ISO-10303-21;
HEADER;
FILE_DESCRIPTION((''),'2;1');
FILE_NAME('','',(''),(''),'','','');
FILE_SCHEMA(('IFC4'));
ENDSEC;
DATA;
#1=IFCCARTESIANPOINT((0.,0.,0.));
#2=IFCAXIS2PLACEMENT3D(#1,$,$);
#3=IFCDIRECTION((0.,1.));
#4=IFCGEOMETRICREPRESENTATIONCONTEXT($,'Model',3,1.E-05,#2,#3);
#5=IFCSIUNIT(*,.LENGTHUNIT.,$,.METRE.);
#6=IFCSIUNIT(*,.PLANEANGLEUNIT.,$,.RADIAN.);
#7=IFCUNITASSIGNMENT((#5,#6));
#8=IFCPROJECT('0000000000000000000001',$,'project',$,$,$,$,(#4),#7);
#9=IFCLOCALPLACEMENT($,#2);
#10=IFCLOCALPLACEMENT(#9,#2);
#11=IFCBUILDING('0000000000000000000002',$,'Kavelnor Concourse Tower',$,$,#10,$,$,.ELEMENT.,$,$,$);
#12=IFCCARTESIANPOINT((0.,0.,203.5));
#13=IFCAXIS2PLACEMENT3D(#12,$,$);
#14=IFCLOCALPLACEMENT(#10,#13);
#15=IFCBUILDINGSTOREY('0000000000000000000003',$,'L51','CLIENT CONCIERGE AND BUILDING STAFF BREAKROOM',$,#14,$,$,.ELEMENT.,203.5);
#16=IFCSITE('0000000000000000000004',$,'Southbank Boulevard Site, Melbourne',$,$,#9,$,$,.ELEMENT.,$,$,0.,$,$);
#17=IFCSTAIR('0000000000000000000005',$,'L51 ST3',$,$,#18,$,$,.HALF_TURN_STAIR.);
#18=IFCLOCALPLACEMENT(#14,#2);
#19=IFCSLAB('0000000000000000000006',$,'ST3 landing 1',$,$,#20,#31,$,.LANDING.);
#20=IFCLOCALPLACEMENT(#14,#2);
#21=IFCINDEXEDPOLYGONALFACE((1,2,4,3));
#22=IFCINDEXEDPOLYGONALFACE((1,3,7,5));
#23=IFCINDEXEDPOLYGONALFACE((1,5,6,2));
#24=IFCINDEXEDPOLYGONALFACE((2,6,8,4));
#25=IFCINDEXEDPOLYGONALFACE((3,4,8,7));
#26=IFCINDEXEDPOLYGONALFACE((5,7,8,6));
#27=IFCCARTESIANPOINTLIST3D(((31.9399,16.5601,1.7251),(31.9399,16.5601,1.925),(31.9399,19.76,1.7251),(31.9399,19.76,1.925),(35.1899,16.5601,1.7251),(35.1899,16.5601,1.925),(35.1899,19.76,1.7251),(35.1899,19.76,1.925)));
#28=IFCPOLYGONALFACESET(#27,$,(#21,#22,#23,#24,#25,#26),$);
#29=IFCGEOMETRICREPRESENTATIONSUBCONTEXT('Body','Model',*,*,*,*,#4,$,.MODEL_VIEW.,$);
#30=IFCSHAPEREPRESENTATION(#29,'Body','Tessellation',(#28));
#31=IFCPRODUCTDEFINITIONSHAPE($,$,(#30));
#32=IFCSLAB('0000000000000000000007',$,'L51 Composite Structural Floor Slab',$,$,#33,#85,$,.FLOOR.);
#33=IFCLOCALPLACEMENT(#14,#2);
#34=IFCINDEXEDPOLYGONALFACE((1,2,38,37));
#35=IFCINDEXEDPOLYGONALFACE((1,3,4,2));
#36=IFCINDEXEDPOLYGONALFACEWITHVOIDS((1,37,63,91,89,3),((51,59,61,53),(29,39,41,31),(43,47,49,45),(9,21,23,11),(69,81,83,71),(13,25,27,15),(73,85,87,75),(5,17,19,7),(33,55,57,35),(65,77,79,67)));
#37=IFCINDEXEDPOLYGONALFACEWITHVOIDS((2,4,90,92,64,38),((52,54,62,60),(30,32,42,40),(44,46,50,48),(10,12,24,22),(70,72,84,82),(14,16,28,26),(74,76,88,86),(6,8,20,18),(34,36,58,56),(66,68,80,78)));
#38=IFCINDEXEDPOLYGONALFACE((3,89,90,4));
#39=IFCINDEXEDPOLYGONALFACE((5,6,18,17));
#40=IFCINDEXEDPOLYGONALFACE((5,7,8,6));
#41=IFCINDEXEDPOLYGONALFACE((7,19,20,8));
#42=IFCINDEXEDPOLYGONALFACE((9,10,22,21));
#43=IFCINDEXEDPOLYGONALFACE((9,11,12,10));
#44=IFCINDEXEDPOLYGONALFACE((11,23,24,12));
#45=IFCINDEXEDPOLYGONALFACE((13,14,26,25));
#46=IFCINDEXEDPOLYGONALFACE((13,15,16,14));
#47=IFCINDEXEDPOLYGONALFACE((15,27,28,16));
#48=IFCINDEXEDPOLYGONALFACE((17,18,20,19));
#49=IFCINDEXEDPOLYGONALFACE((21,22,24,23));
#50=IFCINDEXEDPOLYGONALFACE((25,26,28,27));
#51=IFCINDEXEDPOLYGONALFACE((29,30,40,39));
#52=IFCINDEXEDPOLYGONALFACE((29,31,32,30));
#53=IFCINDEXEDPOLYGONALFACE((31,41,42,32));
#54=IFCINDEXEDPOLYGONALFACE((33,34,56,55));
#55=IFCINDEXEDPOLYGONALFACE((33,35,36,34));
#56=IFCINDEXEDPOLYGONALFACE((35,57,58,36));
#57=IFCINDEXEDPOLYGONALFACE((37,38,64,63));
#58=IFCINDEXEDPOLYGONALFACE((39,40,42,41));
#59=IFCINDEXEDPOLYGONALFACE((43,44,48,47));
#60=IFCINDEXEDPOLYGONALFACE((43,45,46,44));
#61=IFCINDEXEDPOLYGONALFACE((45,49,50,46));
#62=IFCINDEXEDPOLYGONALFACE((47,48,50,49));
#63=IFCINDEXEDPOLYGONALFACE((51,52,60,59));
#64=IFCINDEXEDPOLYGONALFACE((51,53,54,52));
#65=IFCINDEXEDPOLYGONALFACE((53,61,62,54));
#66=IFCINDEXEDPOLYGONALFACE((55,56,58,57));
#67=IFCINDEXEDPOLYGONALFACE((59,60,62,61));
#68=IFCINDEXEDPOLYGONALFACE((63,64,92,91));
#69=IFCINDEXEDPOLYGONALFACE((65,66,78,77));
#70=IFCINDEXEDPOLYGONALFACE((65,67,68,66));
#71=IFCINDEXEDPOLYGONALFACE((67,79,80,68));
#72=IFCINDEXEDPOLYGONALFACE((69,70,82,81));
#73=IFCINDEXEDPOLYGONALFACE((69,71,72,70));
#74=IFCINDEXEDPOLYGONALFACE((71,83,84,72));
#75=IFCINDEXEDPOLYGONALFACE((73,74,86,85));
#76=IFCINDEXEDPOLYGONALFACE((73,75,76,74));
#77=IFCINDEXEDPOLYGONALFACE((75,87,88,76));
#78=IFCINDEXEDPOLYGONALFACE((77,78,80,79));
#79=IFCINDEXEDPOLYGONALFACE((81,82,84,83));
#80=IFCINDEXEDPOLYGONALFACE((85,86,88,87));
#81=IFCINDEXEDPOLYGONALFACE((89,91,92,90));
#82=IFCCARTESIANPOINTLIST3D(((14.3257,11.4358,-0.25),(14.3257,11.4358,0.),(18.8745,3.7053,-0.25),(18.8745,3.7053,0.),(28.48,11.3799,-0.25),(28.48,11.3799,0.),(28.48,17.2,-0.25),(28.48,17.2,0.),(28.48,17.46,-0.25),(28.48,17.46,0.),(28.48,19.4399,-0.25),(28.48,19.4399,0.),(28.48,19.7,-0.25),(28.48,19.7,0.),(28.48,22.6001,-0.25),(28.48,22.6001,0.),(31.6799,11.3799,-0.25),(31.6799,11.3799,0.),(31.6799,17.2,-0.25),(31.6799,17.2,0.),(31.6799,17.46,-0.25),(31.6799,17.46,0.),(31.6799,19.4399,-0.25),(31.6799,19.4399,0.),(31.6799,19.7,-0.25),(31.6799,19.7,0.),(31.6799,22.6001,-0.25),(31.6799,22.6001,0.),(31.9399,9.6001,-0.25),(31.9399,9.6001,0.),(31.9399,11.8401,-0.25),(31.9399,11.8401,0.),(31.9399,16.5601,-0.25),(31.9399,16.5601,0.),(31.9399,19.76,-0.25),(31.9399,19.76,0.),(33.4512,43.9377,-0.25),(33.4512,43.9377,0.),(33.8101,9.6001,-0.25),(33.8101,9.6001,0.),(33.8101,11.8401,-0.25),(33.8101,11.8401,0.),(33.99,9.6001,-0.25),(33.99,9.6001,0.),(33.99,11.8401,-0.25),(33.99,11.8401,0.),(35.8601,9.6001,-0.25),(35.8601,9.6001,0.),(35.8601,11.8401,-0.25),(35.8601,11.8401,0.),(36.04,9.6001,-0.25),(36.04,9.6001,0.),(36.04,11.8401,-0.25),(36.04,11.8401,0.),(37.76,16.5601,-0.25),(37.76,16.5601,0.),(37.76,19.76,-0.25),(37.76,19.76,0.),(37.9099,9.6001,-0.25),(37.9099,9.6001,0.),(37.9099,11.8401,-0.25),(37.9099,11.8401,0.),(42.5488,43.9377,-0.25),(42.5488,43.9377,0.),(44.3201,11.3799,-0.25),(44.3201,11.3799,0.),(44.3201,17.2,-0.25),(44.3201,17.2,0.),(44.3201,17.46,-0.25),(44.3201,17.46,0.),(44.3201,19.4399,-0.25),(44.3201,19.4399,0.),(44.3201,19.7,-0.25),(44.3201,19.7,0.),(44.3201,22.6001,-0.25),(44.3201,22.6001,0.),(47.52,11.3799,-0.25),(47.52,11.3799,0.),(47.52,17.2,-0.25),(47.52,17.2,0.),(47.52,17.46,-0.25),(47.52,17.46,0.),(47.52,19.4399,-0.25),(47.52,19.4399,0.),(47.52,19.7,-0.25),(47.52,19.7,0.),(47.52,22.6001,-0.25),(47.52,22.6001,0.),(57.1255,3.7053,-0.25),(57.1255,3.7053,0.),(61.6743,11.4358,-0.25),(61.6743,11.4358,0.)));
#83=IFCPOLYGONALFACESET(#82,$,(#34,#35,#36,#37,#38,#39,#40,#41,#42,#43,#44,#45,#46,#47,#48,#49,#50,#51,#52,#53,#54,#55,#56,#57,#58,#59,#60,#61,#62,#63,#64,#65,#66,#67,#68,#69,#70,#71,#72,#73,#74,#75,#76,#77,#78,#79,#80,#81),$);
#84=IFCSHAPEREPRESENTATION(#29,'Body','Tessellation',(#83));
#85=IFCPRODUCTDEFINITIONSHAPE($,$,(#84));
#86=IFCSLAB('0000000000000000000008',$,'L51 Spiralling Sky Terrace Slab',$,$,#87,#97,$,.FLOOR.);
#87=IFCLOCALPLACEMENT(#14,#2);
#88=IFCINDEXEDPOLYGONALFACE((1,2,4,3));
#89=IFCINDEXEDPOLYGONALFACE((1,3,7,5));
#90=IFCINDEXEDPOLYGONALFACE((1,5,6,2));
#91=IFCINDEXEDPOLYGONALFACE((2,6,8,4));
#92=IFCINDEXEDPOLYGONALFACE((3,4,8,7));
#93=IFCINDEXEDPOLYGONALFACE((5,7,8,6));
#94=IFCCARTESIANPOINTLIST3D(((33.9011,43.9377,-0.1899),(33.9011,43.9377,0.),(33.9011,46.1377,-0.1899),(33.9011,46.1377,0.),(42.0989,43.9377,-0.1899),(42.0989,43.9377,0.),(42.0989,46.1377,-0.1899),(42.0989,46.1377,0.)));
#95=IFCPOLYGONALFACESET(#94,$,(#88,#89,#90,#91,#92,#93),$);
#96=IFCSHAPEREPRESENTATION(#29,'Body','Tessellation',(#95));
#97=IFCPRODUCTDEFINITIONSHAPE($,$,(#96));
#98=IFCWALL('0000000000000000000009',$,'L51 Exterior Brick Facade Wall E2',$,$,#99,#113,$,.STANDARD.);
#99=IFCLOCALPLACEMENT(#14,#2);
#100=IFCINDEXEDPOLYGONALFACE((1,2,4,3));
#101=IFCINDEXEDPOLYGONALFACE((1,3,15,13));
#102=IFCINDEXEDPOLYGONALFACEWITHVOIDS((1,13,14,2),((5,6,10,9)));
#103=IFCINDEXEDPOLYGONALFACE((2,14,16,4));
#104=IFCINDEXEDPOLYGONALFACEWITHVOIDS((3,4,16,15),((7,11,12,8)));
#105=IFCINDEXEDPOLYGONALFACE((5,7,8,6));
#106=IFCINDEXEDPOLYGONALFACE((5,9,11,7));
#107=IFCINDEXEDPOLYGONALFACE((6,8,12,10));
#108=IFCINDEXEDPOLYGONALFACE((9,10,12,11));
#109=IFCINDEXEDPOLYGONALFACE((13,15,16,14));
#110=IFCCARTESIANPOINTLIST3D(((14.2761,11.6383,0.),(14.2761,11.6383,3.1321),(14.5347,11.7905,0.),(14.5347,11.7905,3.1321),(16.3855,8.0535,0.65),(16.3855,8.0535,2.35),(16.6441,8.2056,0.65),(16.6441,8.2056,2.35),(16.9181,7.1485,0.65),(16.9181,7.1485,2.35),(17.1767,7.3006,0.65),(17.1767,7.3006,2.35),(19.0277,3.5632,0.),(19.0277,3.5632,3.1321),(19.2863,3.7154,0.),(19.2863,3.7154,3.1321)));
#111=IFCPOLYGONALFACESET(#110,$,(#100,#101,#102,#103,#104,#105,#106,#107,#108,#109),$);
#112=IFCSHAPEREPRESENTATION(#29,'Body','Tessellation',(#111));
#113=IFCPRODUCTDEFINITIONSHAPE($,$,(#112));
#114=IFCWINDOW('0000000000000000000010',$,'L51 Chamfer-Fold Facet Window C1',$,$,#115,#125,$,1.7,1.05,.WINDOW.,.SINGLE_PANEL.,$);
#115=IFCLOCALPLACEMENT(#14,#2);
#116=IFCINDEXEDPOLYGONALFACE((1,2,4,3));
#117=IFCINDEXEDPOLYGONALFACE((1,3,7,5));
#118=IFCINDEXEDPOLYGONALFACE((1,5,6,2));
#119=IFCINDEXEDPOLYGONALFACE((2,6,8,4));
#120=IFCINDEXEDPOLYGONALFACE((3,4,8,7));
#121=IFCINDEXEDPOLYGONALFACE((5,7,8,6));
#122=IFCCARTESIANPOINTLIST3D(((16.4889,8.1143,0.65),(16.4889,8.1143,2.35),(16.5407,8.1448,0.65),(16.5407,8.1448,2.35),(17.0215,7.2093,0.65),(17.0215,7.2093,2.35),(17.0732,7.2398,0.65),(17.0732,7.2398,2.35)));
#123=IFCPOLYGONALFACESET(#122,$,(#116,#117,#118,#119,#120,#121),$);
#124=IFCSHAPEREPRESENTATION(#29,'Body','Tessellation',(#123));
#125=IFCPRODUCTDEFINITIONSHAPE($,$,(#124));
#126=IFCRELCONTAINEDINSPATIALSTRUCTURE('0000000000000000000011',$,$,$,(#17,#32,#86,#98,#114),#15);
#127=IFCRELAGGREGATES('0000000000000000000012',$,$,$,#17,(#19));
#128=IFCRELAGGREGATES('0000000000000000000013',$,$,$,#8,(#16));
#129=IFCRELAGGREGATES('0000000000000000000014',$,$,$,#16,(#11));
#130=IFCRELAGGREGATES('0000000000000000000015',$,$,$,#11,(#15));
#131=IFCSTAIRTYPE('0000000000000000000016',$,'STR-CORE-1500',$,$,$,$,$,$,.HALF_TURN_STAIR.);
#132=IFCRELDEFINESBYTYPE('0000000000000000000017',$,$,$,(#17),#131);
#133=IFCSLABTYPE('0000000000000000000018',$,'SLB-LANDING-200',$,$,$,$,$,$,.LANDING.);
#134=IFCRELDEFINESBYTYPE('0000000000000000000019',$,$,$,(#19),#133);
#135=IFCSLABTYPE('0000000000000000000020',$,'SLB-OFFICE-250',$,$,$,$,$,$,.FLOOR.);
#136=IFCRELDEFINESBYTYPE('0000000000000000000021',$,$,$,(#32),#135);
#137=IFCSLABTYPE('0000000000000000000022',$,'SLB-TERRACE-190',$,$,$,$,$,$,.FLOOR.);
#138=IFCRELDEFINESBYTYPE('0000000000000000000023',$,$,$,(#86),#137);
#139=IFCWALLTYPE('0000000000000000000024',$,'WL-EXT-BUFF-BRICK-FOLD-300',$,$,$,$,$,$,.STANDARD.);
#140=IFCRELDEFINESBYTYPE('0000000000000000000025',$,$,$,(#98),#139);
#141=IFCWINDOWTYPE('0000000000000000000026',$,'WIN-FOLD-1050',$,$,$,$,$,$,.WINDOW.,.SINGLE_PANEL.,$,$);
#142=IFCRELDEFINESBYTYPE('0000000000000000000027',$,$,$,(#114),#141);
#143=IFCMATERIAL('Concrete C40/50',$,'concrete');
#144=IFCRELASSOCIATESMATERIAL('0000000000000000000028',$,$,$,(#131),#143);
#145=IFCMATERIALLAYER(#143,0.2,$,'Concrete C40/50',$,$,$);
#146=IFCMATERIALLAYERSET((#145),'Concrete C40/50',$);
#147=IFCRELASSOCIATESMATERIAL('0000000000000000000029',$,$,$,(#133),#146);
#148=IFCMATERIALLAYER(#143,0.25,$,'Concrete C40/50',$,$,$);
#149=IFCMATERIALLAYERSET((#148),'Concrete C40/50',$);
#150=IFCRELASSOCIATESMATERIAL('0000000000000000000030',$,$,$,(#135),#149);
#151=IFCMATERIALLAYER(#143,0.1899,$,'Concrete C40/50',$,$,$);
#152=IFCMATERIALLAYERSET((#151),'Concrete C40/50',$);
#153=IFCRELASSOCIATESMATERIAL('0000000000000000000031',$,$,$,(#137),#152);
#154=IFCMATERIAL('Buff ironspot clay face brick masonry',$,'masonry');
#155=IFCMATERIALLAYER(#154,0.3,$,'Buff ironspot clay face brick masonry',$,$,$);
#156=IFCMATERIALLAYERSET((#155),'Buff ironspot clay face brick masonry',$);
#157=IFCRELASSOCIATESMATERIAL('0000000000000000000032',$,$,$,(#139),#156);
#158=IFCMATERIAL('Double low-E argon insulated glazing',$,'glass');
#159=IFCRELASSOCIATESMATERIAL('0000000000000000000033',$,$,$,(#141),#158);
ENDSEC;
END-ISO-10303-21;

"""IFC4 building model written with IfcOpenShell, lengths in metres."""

from ifc_helpers import new_model, si_unit, direction, frame, frame_2d, origin, place, context, subcontext, project, spatial, polyline, rectangle, outline, extrude, material, layer, layer_set, type_object, element, fill, aggregate, save


model = new_model("IFC4")

# Units and contexts
model_context = context("Model", 3, precision=1e-05, world=origin(), true_north=direction((0.0, 1.0)))
body_context = subcontext(model_context, "Body", "Model", "MODEL_VIEW")
ifc_project = project(units=[si_unit("LENGTHUNIT", "METRE"), si_unit("PLANEANGLEUNIT", "RADIAN")], contexts=[model_context])

# Site, building, storey
site_placement = place(None, origin())
site = spatial("IfcSite", under=ifc_project, at=site_placement, Name="Southbank Boulevard Site, Melbourne", CompositionType="ELEMENT", RefElevation=0.0)
building_placement = place(site_placement, origin())
building = spatial("IfcBuilding", under=site, at=building_placement, Name="Kavelnor Concourse Tower", CompositionType="ELEMENT")
storey_placement = place(building_placement, frame((0.0, 0.0, 203.5)))
storey = spatial("IfcBuildingStorey", under=building, at=storey_placement, Name="L51", Description="CLIENT CONCIERGE AND BUILDING STAFF BREAKROOM", CompositionType="ELEMENT", Elevation=203.5)

# Stair, slab
ifc_material_1 = material(Name="Concrete C40/50", Category="concrete")
stair_type = type_object("IfcStairType", Name="STR-CORE-1500", PredefinedType="HALF_TURN_STAIR", material=ifc_material_1)
ifc_layer_1 = layer(ifc_material_1, 0.2, Name="Concrete C40/50")
ifc_layer_set_1 = layer_set([ifc_layer_1], Name="Concrete C40/50")
slab_type_1 = type_object("IfcSlabType", Name="SLB-LANDING-200", PredefinedType="LANDING", material=ifc_layer_set_1)
stair_1_placement = place(storey_placement, origin())
stair_1 = element("IfcStair", 1, at=stair_1_placement, inside=storey, type_object=stair_type, Name="L51 ST3", PredefinedType="HALF_TURN_STAIR")
slab_1_placement = place(storey_placement, frame((0.0, 0.0, 1.7251)))
slab_1 = element("IfcSlab", 2, at=slab_1_placement, type_object=slab_type_1, Name="ST3 landing 1", PredefinedType="LANDING", context=body_context, shape_type="SweptSolid", body=[
    extrude(outline(polyline([(35.1899, 19.76), (31.9399, 19.76), (31.9399, 16.5601), (35.1899, 16.5601), (35.1899, 19.76)])), origin(), (0.0, 0.0, 1.0), 0.2),
])
aggregate(stair_1, [slab_1])

# Slabs
ifc_layer_2 = layer(ifc_material_1, 0.25, Name="Concrete C40/50")
ifc_layer_set_2 = layer_set([ifc_layer_2], Name="Concrete C40/50")
slab_type_2 = type_object("IfcSlabType", Name="SLB-OFFICE-250", PredefinedType="FLOOR", material=ifc_layer_set_2)
slab_2_placement = place(storey_placement, frame((0.0, 0.0, -0.25)))
element("IfcSlab", 3, at=slab_2_placement, inside=storey, type_object=slab_type_2, Name="L51 Composite Structural Floor Slab", PredefinedType="FLOOR", context=body_context, shape_type="SweptSolid", body=[
    extrude(outline(polyline([(42.5488, 43.9377), (33.4512, 43.9377), (14.3257, 11.4358), (18.8745, 3.7053), (57.1255, 3.7053), (61.6743, 11.4358), (42.5488, 43.9377)]), holes=[polyline([(28.48, 11.3799), (31.6799, 11.3799), (31.6799, 17.2), (28.48, 17.2), (28.48, 11.3799)]), polyline([(44.3201, 11.3799), (47.52, 11.3799), (47.52, 17.2), (44.3201, 17.2), (44.3201, 11.3799)]), polyline([(31.9399, 16.5601), (37.76, 16.5601), (37.76, 19.76), (31.9399, 19.76), (31.9399, 16.5601)]), polyline([(28.48, 19.7), (31.6799, 19.7), (31.6799, 22.6001), (28.48, 22.6001), (28.48, 19.7)]), polyline([(44.3201, 19.7), (47.52, 19.7), (47.52, 22.6001), (44.3201, 22.6001), (44.3201, 19.7)]), polyline([(31.9399, 9.6001), (33.8101, 9.6001), (33.8101, 11.8401), (31.9399, 11.8401), (31.9399, 9.6001)]), polyline([(33.99, 9.6001), (35.8601, 9.6001), (35.8601, 11.8401), (33.99, 11.8401), (33.99, 9.6001)]), polyline([(36.04, 9.6001), (37.9099, 9.6001), (37.9099, 11.8401), (36.04, 11.8401), (36.04, 9.6001)]), polyline([(28.48, 17.46), (31.6799, 17.46), (31.6799, 19.4399), (28.48, 19.4399), (28.48, 17.46)]), polyline([(44.3201, 17.46), (47.52, 17.46), (47.52, 19.4399), (44.3201, 19.4399), (44.3201, 17.46)])]), origin(), (0.0, 0.0, 1.0), 0.25),
])
ifc_layer_3 = layer(ifc_material_1, 0.1899, Name="Concrete C40/50")
ifc_layer_set_3 = layer_set([ifc_layer_3], Name="Concrete C40/50")
slab_type_3 = type_object("IfcSlabType", Name="SLB-TERRACE-190", PredefinedType="FLOOR", material=ifc_layer_set_3)
slab_3_placement = place(storey_placement, frame((0.0, 0.0, -0.1899)))
element("IfcSlab", 4, at=slab_3_placement, inside=storey, type_object=slab_type_3, Name="L51 Spiralling Sky Terrace Slab", PredefinedType="FLOOR", context=body_context, shape_type="SweptSolid", body=[
    extrude(outline(polyline([(33.9011, 46.1377), (42.0989, 46.1377), (42.0989, 43.9377), (33.9011, 43.9377), (33.9011, 46.1377)])), origin(), (0.0, 0.0, 1.0), 0.1899),
])

# Wall, opening, window
ifc_material_2 = material(Name="Buff ironspot clay face brick masonry", Category="masonry")
ifc_layer_4 = layer(ifc_material_2, 0.3, Name="Buff ironspot clay face brick masonry")
ifc_layer_set_4 = layer_set([ifc_layer_4], Name="Buff ironspot clay face brick masonry")
wall_type_1 = type_object("IfcWallType", Name="WL-EXT-BUFF-BRICK-FOLD-300", PredefinedType="STANDARD", material=ifc_layer_set_4)
wall_1_placement = place(storey_placement, frame((19.157, 3.6394, 0.0), z_axis=(0.0, 0.0, 1.0), x_axis=(-0.507147, 0.86186, 0.0)))
wall_1 = element("IfcWall", 5, at=wall_1_placement, inside=storey, type_object=wall_type_1, Name="L51 Exterior Brick Facade Wall E2", PredefinedType="STANDARD", context=body_context, shape_type="SweptSolid", body=[
    extrude(rectangle(XDim=9.3694, YDim=0.3, at=frame_2d((4.6846, 0.0))), origin(), (0.0, 0.0, 1.0), 3.1321),
])
opening_1_placement = place(wall_1_placement, frame((4.1599, 0.0, 0.6499)))
opening_1 = element("IfcOpeningElement", 6, at=opening_1_placement, cuts=wall_1, PredefinedType="OPENING", context=body_context, shape_type="SweptSolid", body=[
    extrude(rectangle(XDim=1.05, YDim=1.7, at=frame_2d((0.5249, 0.8501))), frame((0.0, 0.1602, 0.0), z_axis=(0.0, -1.0, 0.0), x_axis=(1.0, 0.0, 0.0)), (0.0, 0.0, 1.0), 0.3201),
])
ifc_material_3 = material(Name="Double low-E argon insulated glazing", Category="glass")
window_type_1 = type_object("IfcWindowType", Name="WIN-FOLD-1050", PartitioningType="SINGLE_PANEL", PredefinedType="WINDOW", material=ifc_material_3)
window_1_placement = place(opening_1_placement, origin())
window_1 = element("IfcWindow", 7, at=window_1_placement, inside=storey, type_object=window_type_1, Name="L51 Chamfer-Fold Facet Window C1", OverallHeight=1.7, OverallWidth=1.05, PartitioningType="SINGLE_PANEL", PredefinedType="WINDOW", context=body_context, shape_type="SweptSolid", body=[
    extrude(rectangle(XDim=1.05, YDim=1.7, at=frame_2d((0.5249, 0.8501))), frame((0.0, 0.03, 0.0), z_axis=(0.0, -1.0, 0.0), x_axis=(1.0, 0.0, 0.0)), (0.0, 0.0, 1.0), 0.0601),
])
fill(opening_1, window_1)

save(model, "model.ifc")
